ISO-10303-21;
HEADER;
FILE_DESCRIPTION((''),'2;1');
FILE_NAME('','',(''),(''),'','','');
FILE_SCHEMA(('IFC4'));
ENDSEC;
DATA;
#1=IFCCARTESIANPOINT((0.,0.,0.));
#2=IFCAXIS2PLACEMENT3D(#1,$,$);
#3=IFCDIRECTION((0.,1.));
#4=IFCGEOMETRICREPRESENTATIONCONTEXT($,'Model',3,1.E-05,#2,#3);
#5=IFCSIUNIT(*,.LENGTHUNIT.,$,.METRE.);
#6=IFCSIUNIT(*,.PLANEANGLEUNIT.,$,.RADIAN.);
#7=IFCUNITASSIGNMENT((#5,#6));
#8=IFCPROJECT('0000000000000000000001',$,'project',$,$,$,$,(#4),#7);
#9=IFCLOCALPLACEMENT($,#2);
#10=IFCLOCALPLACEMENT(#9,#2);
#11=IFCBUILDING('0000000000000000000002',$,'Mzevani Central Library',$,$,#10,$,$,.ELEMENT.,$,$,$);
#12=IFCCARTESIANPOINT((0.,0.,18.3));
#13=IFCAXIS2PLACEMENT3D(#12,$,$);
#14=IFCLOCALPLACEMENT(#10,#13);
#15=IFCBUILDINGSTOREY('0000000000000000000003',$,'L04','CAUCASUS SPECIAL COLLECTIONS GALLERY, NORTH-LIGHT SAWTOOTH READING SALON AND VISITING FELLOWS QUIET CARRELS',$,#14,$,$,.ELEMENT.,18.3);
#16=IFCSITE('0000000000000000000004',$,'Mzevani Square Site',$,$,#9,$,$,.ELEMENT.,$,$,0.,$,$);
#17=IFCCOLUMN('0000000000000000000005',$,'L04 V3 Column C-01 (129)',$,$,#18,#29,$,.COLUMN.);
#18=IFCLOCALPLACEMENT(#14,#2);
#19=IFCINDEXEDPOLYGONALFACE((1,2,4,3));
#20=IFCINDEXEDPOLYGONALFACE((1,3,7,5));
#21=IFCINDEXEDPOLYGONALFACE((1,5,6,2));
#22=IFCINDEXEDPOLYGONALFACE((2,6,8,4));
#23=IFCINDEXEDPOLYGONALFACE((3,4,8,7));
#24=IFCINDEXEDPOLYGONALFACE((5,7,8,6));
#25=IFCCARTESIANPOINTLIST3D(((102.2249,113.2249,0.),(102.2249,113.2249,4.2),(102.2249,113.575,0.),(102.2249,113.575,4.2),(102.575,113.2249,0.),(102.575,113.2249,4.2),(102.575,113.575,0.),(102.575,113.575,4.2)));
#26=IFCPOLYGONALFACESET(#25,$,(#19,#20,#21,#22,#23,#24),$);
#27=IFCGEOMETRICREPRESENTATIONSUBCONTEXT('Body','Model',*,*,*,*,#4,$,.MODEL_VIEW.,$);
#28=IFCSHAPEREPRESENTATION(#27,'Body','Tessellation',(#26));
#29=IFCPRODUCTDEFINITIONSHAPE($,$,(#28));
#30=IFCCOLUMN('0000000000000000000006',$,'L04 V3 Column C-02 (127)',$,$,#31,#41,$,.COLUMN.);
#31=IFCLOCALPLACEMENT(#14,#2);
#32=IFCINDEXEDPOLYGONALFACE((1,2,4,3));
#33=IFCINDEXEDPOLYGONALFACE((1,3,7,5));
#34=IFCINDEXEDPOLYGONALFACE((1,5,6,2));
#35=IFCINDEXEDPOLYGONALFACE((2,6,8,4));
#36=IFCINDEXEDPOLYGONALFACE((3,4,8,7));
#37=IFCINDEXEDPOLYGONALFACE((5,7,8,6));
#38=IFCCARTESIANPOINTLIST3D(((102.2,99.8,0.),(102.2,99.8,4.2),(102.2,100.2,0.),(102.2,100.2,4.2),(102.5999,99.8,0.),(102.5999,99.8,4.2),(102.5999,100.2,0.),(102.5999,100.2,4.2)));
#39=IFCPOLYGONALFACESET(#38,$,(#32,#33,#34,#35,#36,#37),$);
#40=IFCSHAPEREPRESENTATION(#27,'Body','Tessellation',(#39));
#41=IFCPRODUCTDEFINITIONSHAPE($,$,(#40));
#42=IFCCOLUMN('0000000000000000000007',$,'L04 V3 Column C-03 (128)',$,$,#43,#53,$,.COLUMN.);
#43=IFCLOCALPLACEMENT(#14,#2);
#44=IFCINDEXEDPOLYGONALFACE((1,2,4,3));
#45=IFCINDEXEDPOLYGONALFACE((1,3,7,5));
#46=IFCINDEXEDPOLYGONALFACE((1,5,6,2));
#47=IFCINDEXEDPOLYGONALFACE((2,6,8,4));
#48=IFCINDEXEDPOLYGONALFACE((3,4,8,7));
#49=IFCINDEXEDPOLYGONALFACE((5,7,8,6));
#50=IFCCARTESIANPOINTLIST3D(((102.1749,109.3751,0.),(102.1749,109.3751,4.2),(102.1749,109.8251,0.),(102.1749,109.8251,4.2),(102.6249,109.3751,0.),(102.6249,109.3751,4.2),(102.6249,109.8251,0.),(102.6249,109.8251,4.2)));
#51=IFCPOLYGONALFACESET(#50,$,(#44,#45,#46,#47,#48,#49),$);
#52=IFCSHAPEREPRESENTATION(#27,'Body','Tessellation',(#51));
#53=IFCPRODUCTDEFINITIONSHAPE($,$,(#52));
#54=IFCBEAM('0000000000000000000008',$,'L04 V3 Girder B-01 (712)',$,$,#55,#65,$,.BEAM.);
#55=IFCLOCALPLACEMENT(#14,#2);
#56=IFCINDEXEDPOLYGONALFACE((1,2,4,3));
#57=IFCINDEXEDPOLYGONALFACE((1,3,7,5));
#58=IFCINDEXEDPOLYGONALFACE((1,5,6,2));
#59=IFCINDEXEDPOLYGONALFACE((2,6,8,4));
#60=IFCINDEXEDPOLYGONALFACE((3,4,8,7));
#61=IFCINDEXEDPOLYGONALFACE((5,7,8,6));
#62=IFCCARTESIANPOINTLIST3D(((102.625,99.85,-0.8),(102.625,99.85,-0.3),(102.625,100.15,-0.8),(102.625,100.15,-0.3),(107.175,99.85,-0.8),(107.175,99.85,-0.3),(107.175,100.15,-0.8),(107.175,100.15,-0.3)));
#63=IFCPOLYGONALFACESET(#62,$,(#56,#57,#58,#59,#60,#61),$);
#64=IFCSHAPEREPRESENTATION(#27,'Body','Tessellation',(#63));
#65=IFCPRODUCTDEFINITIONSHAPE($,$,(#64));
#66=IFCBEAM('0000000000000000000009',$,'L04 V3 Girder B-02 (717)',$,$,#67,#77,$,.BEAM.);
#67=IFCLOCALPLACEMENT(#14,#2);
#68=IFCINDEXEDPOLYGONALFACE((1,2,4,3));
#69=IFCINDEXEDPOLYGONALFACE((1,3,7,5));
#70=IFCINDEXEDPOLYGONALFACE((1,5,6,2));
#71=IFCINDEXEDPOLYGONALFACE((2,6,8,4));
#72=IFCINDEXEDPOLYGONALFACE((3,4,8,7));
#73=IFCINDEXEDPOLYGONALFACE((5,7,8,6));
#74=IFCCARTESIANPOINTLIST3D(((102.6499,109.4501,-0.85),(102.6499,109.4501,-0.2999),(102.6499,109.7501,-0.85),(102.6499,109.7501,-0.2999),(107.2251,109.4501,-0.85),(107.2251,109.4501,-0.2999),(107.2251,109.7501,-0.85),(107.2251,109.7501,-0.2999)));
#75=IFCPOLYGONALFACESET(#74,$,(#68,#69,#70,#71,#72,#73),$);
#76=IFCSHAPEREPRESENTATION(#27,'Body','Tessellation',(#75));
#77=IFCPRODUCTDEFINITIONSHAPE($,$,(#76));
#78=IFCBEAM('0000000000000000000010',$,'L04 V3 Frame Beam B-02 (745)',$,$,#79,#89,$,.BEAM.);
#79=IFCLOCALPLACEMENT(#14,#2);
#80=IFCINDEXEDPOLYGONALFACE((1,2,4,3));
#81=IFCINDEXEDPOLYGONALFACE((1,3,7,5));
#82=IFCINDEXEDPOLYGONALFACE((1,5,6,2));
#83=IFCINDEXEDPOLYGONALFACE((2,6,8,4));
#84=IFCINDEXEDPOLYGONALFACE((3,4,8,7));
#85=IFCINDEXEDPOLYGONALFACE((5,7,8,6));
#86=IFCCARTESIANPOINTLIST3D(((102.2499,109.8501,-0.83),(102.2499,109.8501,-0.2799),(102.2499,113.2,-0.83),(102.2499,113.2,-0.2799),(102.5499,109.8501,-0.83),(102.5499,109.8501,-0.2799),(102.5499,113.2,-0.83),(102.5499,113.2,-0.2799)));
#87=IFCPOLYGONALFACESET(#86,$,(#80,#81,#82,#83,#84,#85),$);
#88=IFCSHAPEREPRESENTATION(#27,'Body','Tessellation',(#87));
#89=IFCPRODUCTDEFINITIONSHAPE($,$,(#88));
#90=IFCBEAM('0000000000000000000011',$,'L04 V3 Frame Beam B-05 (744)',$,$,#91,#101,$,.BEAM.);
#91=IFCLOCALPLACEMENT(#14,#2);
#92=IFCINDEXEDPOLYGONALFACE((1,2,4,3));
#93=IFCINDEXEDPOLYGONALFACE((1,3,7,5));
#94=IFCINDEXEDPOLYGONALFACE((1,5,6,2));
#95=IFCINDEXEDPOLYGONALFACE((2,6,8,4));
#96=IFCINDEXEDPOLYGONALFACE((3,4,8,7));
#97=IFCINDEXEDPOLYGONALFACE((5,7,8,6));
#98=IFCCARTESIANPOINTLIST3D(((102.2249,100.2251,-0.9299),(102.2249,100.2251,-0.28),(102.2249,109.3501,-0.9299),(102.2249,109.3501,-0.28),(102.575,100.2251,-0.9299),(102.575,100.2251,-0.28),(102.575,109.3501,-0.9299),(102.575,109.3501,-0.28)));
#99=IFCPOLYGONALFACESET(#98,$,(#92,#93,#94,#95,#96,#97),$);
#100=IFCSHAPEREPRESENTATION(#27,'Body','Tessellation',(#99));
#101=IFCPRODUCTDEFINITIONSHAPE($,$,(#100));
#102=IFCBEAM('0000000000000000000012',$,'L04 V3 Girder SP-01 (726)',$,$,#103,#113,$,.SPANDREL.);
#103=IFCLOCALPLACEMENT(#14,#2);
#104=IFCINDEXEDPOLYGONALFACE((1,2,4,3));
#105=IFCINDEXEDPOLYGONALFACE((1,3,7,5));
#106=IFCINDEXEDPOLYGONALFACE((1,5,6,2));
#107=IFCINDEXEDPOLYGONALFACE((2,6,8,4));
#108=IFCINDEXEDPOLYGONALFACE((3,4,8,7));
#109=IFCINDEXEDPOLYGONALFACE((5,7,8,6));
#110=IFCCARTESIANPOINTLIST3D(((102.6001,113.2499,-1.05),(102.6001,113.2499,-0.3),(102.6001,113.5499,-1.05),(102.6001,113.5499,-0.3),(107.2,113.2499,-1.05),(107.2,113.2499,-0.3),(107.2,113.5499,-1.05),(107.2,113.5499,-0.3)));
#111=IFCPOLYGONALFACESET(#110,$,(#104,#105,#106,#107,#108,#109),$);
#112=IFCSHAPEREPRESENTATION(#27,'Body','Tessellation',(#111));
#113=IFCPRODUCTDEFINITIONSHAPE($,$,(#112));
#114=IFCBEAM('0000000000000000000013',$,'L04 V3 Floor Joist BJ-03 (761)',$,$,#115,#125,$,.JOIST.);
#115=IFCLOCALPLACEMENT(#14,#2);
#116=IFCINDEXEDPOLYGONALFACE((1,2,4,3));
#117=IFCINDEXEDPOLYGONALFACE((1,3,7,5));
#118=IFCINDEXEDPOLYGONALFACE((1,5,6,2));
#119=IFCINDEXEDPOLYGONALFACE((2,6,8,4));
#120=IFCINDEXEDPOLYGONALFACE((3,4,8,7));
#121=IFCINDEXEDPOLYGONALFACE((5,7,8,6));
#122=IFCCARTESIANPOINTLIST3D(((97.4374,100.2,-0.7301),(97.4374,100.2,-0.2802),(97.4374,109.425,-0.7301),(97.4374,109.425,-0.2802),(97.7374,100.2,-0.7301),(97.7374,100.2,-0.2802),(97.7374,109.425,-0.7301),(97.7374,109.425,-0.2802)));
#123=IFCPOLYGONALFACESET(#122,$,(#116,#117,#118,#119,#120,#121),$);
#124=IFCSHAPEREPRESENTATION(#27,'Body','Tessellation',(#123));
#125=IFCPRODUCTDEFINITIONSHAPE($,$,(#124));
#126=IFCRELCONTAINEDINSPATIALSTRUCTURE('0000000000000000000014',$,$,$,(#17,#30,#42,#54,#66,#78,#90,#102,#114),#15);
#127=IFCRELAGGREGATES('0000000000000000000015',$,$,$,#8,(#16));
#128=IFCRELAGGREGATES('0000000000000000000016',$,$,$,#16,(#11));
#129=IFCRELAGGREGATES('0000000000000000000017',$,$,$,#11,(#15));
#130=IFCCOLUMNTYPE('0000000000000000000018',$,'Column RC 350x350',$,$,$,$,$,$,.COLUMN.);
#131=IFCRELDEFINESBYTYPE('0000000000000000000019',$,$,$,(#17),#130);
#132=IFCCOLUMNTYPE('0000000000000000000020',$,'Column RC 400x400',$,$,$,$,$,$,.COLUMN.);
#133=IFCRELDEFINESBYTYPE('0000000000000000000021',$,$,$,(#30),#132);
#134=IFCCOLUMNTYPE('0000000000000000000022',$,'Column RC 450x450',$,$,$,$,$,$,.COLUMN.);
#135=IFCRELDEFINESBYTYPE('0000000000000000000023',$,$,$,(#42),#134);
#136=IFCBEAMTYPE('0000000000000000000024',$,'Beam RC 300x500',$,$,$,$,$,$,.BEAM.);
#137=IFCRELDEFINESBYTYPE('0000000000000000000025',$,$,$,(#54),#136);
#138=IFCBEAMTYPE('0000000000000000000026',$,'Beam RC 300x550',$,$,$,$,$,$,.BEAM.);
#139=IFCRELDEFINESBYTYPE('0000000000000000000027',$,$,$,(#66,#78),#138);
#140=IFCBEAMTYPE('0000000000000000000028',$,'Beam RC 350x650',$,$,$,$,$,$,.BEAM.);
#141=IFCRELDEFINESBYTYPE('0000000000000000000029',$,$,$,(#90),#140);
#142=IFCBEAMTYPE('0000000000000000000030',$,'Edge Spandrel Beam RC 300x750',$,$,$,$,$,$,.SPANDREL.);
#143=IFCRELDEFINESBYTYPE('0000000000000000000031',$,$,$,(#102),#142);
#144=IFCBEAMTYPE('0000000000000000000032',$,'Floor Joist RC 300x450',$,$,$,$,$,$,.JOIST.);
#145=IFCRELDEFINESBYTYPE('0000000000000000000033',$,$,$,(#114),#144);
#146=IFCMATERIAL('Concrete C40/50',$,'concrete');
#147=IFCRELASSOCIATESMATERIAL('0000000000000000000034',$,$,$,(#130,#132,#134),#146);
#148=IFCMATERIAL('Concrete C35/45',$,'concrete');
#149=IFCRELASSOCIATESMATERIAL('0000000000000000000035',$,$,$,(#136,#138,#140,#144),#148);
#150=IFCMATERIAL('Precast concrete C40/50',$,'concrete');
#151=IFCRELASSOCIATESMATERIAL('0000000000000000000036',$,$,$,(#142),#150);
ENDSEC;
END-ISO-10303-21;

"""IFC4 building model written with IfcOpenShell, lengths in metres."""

from ifc_helpers import new_model, si_unit, direction, frame, origin, origin_2d, place, context, subcontext, project, spatial, rectangle, extrude, material, material_profile, profile_set, type_object, element, save


model = new_model("IFC4")

# Units and contexts
model_context = context("Model", 3, precision=1e-05, world=origin(), true_north=direction((0.0, 1.0)))
body_context = subcontext(model_context, "Body", "Model", "MODEL_VIEW")
ifc_project = project(units=[si_unit("LENGTHUNIT", "METRE"), si_unit("PLANEANGLEUNIT", "RADIAN")], contexts=[model_context])

# Site, building, storey
site_placement = place(None, origin())
site = spatial("IfcSite", under=ifc_project, at=site_placement, Name="Mzevani Square Site", CompositionType="ELEMENT", RefElevation=0.0)
building_placement = place(site_placement, origin())
building = spatial("IfcBuilding", under=site, at=building_placement, Name="Mzevani Central Library", CompositionType="ELEMENT")
storey_placement = place(building_placement, frame((0.0, 0.0, 18.3)))
storey = spatial("IfcBuildingStorey", under=building, at=storey_placement, Name="L04", Description="CAUCASUS SPECIAL COLLECTIONS GALLERY, NORTH-LIGHT SAWTOOTH READING SALON AND VISITING FELLOWS QUIET CARRELS", CompositionType="ELEMENT", Elevation=18.3)

# Columns
ifc_material_1 = material(Name="Concrete C40/50", Category="concrete")
ifc_material_profile_1 = material_profile(ifc_material_1, rectangle(XDim=0.3501, YDim=0.3501, at=origin_2d()), Name="RC 350x350")
ifc_profile_set_1 = profile_set([ifc_material_profile_1], Name="Concrete C40/50")
column_type_1 = type_object("IfcColumnType", Name="Column RC 350x350", PredefinedType="COLUMN", material=ifc_profile_set_1)
column_1_placement = place(storey_placement, frame((102.3999, 113.3999, 0.0), z_axis=(0.0, 0.0, 1.0), x_axis=(1.0, 0.0, 0.0)))
element("IfcColumn", 1, at=column_1_placement, inside=storey, type_object=column_type_1, Name="L04 V3 Column C-01 (129)", PredefinedType="COLUMN", context=body_context, shape_type="SweptSolid", body=[
    extrude(rectangle(XDim=0.3501, YDim=0.3501, at=origin_2d()), origin(), (0.0, 0.0, 1.0), 4.2),
])
ifc_material_profile_2 = material_profile(ifc_material_1, rectangle(XDim=0.3999, YDim=0.3999, at=origin_2d()), Name="RC 400x400")
ifc_profile_set_2 = profile_set([ifc_material_profile_2], Name="Concrete C40/50")
column_type_2 = type_object("IfcColumnType", Name="Column RC 400x400", PredefinedType="COLUMN", material=ifc_profile_set_2)
column_2_placement = place(storey_placement, frame((102.3999, 100.0, 0.0), z_axis=(0.0, 0.0, 1.0), x_axis=(1.0, 0.0, 0.0)))
element("IfcColumn", 2, at=column_2_placement, inside=storey, type_object=column_type_2, Name="L04 V3 Column C-02 (127)", PredefinedType="COLUMN", context=body_context, shape_type="SweptSolid", body=[
    extrude(rectangle(XDim=0.3999, YDim=0.3999, at=origin_2d()), origin(), (0.0, 0.0, 1.0), 4.2),
])
ifc_material_profile_3 = material_profile(ifc_material_1, rectangle(XDim=0.45, YDim=0.45, at=origin_2d()), Name="RC 450x450")
ifc_profile_set_3 = profile_set([ifc_material_profile_3], Name="Concrete C40/50")
column_type_3 = type_object("IfcColumnType", Name="Column RC 450x450", PredefinedType="COLUMN", material=ifc_profile_set_3)
column_3_placement = place(storey_placement, frame((102.3999, 109.6001, 0.0), z_axis=(0.0, 0.0, 1.0), x_axis=(1.0, 0.0, 0.0)))
element("IfcColumn", 3, at=column_3_placement, inside=storey, type_object=column_type_3, Name="L04 V3 Column C-03 (128)", PredefinedType="COLUMN", context=body_context, shape_type="SweptSolid", body=[
    extrude(rectangle(XDim=0.45, YDim=0.45, at=origin_2d()), origin(), (0.0, 0.0, 1.0), 4.2),
])

# Beams
ifc_material_2 = material(Name="Concrete C35/45", Category="concrete")
ifc_material_profile_4 = material_profile(ifc_material_2, rectangle(XDim=0.3, YDim=0.5, at=origin_2d()), Name="RC B300x500")
ifc_profile_set_4 = profile_set([ifc_material_profile_4], Name="Concrete C35/45")
beam_type_1 = type_object("IfcBeamType", Name="Beam RC 300x500", PredefinedType="BEAM", material=ifc_profile_set_4)
beam_1_placement = place(storey_placement, frame((102.625, 100.0, -0.55), z_axis=(1.0, 0.0, 0.0), x_axis=(0.0, 1.0, 0.0)))
element("IfcBeam", 4, at=beam_1_placement, inside=storey, type_object=beam_type_1, Name="L04 V3 Girder B-01 (712)", PredefinedType="BEAM", context=body_context, shape_type="SweptSolid", body=[
    extrude(rectangle(XDim=0.3, YDim=0.5, at=origin_2d()), origin(), (0.0, 0.0, 1.0), 4.55),
])
ifc_material_profile_5 = material_profile(ifc_material_2, rectangle(XDim=0.3, YDim=0.55, at=origin_2d()), Name="RC B300x550")
ifc_profile_set_5 = profile_set([ifc_material_profile_5], Name="Concrete C35/45")
beam_type_2 = type_object("IfcBeamType", Name="Beam RC 300x550", PredefinedType="BEAM", material=ifc_profile_set_5)
beam_2_placement = place(storey_placement, frame((102.6499, 109.6001, -0.575), z_axis=(1.0, 0.0, 0.0), x_axis=(0.0, 1.0, 0.0)))
element("IfcBeam", 5, at=beam_2_placement, inside=storey, type_object=beam_type_2, Name="L04 V3 Girder B-02 (717)", PredefinedType="BEAM", context=body_context, shape_type="SweptSolid", body=[
    extrude(rectangle(XDim=0.3, YDim=0.55, at=origin_2d()), origin(), (0.0, 0.0, 1.0), 4.5752),
])
beam_3_placement = place(storey_placement, frame((102.3999, 109.8501, -0.5549), z_axis=(0.0, 1.0, 0.0), x_axis=(-1.0, 0.0, 0.0)))
element("IfcBeam", 6, at=beam_3_placement, inside=storey, type_object=beam_type_2, Name="L04 V3 Frame Beam B-02 (745)", PredefinedType="BEAM", context=body_context, shape_type="SweptSolid", body=[
    extrude(rectangle(XDim=0.3, YDim=0.55, at=origin_2d()), origin(), (0.0, 0.0, 1.0), 3.3499),
])
ifc_material_profile_6 = material_profile(ifc_material_2, rectangle(XDim=0.3501, YDim=0.6499, at=origin_2d()), Name="RC B350x650")
ifc_profile_set_6 = profile_set([ifc_material_profile_6], Name="Concrete C35/45")
beam_type_3 = type_object("IfcBeamType", Name="Beam RC 350x650", PredefinedType="BEAM", material=ifc_profile_set_6)
beam_4_placement = place(storey_placement, frame((102.3999, 100.2251, -0.605), z_axis=(0.0, 1.0, 0.0), x_axis=(-1.0, 0.0, 0.0)))
element("IfcBeam", 7, at=beam_4_placement, inside=storey, type_object=beam_type_3, Name="L04 V3 Frame Beam B-05 (744)", PredefinedType="BEAM", context=body_context, shape_type="SweptSolid", body=[
    extrude(rectangle(XDim=0.3501, YDim=0.6499, at=origin_2d()), origin(), (0.0, 0.0, 1.0), 9.125),
])
ifc_material_3 = material(Name="Precast concrete C40/50", Category="concrete")
ifc_material_profile_7 = material_profile(ifc_material_3, rectangle(XDim=0.3, YDim=0.75, at=origin_2d()), Name="RC SP300x750")
ifc_profile_set_7 = profile_set([ifc_material_profile_7], Name="Precast concrete C40/50")
beam_type_4 = type_object("IfcBeamType", Name="Edge Spandrel Beam RC 300x750", PredefinedType="SPANDREL", material=ifc_profile_set_7)
beam_5_placement = place(storey_placement, frame((102.6001, 113.3999, -0.675), z_axis=(1.0, 0.0, 0.0), x_axis=(0.0, 1.0, 0.0)))
element("IfcBeam", 8, at=beam_5_placement, inside=storey, type_object=beam_type_4, Name="L04 V3 Girder SP-01 (726)", PredefinedType="SPANDREL", context=body_context, shape_type="SweptSolid", body=[
    extrude(rectangle(XDim=0.3, YDim=0.75, at=origin_2d()), origin(), (0.0, 0.0, 1.0), 4.5999),
])
ifc_material_profile_8 = material_profile(ifc_material_2, rectangle(XDim=0.3, YDim=0.45, at=origin_2d()), Name="RC J300x450")
ifc_profile_set_8 = profile_set([ifc_material_profile_8], Name="Concrete C35/45")
beam_type_5 = type_object("IfcBeamType", Name="Floor Joist RC 300x450", PredefinedType="JOIST", material=ifc_profile_set_8)
beam_6_placement = place(storey_placement, frame((97.5874, 100.2, -0.5051), z_axis=(0.0, 1.0, 0.0), x_axis=(-1.0, 0.0, 0.0)))
element("IfcBeam", 9, at=beam_6_placement, inside=storey, type_object=beam_type_5, Name="L04 V3 Floor Joist BJ-03 (761)", PredefinedType="JOIST", context=body_context, shape_type="SweptSolid", body=[
    extrude(rectangle(XDim=0.3, YDim=0.45, at=origin_2d()), origin(), (0.0, 0.0, 1.0), 9.2251),
])

save(model, "model.ifc")
